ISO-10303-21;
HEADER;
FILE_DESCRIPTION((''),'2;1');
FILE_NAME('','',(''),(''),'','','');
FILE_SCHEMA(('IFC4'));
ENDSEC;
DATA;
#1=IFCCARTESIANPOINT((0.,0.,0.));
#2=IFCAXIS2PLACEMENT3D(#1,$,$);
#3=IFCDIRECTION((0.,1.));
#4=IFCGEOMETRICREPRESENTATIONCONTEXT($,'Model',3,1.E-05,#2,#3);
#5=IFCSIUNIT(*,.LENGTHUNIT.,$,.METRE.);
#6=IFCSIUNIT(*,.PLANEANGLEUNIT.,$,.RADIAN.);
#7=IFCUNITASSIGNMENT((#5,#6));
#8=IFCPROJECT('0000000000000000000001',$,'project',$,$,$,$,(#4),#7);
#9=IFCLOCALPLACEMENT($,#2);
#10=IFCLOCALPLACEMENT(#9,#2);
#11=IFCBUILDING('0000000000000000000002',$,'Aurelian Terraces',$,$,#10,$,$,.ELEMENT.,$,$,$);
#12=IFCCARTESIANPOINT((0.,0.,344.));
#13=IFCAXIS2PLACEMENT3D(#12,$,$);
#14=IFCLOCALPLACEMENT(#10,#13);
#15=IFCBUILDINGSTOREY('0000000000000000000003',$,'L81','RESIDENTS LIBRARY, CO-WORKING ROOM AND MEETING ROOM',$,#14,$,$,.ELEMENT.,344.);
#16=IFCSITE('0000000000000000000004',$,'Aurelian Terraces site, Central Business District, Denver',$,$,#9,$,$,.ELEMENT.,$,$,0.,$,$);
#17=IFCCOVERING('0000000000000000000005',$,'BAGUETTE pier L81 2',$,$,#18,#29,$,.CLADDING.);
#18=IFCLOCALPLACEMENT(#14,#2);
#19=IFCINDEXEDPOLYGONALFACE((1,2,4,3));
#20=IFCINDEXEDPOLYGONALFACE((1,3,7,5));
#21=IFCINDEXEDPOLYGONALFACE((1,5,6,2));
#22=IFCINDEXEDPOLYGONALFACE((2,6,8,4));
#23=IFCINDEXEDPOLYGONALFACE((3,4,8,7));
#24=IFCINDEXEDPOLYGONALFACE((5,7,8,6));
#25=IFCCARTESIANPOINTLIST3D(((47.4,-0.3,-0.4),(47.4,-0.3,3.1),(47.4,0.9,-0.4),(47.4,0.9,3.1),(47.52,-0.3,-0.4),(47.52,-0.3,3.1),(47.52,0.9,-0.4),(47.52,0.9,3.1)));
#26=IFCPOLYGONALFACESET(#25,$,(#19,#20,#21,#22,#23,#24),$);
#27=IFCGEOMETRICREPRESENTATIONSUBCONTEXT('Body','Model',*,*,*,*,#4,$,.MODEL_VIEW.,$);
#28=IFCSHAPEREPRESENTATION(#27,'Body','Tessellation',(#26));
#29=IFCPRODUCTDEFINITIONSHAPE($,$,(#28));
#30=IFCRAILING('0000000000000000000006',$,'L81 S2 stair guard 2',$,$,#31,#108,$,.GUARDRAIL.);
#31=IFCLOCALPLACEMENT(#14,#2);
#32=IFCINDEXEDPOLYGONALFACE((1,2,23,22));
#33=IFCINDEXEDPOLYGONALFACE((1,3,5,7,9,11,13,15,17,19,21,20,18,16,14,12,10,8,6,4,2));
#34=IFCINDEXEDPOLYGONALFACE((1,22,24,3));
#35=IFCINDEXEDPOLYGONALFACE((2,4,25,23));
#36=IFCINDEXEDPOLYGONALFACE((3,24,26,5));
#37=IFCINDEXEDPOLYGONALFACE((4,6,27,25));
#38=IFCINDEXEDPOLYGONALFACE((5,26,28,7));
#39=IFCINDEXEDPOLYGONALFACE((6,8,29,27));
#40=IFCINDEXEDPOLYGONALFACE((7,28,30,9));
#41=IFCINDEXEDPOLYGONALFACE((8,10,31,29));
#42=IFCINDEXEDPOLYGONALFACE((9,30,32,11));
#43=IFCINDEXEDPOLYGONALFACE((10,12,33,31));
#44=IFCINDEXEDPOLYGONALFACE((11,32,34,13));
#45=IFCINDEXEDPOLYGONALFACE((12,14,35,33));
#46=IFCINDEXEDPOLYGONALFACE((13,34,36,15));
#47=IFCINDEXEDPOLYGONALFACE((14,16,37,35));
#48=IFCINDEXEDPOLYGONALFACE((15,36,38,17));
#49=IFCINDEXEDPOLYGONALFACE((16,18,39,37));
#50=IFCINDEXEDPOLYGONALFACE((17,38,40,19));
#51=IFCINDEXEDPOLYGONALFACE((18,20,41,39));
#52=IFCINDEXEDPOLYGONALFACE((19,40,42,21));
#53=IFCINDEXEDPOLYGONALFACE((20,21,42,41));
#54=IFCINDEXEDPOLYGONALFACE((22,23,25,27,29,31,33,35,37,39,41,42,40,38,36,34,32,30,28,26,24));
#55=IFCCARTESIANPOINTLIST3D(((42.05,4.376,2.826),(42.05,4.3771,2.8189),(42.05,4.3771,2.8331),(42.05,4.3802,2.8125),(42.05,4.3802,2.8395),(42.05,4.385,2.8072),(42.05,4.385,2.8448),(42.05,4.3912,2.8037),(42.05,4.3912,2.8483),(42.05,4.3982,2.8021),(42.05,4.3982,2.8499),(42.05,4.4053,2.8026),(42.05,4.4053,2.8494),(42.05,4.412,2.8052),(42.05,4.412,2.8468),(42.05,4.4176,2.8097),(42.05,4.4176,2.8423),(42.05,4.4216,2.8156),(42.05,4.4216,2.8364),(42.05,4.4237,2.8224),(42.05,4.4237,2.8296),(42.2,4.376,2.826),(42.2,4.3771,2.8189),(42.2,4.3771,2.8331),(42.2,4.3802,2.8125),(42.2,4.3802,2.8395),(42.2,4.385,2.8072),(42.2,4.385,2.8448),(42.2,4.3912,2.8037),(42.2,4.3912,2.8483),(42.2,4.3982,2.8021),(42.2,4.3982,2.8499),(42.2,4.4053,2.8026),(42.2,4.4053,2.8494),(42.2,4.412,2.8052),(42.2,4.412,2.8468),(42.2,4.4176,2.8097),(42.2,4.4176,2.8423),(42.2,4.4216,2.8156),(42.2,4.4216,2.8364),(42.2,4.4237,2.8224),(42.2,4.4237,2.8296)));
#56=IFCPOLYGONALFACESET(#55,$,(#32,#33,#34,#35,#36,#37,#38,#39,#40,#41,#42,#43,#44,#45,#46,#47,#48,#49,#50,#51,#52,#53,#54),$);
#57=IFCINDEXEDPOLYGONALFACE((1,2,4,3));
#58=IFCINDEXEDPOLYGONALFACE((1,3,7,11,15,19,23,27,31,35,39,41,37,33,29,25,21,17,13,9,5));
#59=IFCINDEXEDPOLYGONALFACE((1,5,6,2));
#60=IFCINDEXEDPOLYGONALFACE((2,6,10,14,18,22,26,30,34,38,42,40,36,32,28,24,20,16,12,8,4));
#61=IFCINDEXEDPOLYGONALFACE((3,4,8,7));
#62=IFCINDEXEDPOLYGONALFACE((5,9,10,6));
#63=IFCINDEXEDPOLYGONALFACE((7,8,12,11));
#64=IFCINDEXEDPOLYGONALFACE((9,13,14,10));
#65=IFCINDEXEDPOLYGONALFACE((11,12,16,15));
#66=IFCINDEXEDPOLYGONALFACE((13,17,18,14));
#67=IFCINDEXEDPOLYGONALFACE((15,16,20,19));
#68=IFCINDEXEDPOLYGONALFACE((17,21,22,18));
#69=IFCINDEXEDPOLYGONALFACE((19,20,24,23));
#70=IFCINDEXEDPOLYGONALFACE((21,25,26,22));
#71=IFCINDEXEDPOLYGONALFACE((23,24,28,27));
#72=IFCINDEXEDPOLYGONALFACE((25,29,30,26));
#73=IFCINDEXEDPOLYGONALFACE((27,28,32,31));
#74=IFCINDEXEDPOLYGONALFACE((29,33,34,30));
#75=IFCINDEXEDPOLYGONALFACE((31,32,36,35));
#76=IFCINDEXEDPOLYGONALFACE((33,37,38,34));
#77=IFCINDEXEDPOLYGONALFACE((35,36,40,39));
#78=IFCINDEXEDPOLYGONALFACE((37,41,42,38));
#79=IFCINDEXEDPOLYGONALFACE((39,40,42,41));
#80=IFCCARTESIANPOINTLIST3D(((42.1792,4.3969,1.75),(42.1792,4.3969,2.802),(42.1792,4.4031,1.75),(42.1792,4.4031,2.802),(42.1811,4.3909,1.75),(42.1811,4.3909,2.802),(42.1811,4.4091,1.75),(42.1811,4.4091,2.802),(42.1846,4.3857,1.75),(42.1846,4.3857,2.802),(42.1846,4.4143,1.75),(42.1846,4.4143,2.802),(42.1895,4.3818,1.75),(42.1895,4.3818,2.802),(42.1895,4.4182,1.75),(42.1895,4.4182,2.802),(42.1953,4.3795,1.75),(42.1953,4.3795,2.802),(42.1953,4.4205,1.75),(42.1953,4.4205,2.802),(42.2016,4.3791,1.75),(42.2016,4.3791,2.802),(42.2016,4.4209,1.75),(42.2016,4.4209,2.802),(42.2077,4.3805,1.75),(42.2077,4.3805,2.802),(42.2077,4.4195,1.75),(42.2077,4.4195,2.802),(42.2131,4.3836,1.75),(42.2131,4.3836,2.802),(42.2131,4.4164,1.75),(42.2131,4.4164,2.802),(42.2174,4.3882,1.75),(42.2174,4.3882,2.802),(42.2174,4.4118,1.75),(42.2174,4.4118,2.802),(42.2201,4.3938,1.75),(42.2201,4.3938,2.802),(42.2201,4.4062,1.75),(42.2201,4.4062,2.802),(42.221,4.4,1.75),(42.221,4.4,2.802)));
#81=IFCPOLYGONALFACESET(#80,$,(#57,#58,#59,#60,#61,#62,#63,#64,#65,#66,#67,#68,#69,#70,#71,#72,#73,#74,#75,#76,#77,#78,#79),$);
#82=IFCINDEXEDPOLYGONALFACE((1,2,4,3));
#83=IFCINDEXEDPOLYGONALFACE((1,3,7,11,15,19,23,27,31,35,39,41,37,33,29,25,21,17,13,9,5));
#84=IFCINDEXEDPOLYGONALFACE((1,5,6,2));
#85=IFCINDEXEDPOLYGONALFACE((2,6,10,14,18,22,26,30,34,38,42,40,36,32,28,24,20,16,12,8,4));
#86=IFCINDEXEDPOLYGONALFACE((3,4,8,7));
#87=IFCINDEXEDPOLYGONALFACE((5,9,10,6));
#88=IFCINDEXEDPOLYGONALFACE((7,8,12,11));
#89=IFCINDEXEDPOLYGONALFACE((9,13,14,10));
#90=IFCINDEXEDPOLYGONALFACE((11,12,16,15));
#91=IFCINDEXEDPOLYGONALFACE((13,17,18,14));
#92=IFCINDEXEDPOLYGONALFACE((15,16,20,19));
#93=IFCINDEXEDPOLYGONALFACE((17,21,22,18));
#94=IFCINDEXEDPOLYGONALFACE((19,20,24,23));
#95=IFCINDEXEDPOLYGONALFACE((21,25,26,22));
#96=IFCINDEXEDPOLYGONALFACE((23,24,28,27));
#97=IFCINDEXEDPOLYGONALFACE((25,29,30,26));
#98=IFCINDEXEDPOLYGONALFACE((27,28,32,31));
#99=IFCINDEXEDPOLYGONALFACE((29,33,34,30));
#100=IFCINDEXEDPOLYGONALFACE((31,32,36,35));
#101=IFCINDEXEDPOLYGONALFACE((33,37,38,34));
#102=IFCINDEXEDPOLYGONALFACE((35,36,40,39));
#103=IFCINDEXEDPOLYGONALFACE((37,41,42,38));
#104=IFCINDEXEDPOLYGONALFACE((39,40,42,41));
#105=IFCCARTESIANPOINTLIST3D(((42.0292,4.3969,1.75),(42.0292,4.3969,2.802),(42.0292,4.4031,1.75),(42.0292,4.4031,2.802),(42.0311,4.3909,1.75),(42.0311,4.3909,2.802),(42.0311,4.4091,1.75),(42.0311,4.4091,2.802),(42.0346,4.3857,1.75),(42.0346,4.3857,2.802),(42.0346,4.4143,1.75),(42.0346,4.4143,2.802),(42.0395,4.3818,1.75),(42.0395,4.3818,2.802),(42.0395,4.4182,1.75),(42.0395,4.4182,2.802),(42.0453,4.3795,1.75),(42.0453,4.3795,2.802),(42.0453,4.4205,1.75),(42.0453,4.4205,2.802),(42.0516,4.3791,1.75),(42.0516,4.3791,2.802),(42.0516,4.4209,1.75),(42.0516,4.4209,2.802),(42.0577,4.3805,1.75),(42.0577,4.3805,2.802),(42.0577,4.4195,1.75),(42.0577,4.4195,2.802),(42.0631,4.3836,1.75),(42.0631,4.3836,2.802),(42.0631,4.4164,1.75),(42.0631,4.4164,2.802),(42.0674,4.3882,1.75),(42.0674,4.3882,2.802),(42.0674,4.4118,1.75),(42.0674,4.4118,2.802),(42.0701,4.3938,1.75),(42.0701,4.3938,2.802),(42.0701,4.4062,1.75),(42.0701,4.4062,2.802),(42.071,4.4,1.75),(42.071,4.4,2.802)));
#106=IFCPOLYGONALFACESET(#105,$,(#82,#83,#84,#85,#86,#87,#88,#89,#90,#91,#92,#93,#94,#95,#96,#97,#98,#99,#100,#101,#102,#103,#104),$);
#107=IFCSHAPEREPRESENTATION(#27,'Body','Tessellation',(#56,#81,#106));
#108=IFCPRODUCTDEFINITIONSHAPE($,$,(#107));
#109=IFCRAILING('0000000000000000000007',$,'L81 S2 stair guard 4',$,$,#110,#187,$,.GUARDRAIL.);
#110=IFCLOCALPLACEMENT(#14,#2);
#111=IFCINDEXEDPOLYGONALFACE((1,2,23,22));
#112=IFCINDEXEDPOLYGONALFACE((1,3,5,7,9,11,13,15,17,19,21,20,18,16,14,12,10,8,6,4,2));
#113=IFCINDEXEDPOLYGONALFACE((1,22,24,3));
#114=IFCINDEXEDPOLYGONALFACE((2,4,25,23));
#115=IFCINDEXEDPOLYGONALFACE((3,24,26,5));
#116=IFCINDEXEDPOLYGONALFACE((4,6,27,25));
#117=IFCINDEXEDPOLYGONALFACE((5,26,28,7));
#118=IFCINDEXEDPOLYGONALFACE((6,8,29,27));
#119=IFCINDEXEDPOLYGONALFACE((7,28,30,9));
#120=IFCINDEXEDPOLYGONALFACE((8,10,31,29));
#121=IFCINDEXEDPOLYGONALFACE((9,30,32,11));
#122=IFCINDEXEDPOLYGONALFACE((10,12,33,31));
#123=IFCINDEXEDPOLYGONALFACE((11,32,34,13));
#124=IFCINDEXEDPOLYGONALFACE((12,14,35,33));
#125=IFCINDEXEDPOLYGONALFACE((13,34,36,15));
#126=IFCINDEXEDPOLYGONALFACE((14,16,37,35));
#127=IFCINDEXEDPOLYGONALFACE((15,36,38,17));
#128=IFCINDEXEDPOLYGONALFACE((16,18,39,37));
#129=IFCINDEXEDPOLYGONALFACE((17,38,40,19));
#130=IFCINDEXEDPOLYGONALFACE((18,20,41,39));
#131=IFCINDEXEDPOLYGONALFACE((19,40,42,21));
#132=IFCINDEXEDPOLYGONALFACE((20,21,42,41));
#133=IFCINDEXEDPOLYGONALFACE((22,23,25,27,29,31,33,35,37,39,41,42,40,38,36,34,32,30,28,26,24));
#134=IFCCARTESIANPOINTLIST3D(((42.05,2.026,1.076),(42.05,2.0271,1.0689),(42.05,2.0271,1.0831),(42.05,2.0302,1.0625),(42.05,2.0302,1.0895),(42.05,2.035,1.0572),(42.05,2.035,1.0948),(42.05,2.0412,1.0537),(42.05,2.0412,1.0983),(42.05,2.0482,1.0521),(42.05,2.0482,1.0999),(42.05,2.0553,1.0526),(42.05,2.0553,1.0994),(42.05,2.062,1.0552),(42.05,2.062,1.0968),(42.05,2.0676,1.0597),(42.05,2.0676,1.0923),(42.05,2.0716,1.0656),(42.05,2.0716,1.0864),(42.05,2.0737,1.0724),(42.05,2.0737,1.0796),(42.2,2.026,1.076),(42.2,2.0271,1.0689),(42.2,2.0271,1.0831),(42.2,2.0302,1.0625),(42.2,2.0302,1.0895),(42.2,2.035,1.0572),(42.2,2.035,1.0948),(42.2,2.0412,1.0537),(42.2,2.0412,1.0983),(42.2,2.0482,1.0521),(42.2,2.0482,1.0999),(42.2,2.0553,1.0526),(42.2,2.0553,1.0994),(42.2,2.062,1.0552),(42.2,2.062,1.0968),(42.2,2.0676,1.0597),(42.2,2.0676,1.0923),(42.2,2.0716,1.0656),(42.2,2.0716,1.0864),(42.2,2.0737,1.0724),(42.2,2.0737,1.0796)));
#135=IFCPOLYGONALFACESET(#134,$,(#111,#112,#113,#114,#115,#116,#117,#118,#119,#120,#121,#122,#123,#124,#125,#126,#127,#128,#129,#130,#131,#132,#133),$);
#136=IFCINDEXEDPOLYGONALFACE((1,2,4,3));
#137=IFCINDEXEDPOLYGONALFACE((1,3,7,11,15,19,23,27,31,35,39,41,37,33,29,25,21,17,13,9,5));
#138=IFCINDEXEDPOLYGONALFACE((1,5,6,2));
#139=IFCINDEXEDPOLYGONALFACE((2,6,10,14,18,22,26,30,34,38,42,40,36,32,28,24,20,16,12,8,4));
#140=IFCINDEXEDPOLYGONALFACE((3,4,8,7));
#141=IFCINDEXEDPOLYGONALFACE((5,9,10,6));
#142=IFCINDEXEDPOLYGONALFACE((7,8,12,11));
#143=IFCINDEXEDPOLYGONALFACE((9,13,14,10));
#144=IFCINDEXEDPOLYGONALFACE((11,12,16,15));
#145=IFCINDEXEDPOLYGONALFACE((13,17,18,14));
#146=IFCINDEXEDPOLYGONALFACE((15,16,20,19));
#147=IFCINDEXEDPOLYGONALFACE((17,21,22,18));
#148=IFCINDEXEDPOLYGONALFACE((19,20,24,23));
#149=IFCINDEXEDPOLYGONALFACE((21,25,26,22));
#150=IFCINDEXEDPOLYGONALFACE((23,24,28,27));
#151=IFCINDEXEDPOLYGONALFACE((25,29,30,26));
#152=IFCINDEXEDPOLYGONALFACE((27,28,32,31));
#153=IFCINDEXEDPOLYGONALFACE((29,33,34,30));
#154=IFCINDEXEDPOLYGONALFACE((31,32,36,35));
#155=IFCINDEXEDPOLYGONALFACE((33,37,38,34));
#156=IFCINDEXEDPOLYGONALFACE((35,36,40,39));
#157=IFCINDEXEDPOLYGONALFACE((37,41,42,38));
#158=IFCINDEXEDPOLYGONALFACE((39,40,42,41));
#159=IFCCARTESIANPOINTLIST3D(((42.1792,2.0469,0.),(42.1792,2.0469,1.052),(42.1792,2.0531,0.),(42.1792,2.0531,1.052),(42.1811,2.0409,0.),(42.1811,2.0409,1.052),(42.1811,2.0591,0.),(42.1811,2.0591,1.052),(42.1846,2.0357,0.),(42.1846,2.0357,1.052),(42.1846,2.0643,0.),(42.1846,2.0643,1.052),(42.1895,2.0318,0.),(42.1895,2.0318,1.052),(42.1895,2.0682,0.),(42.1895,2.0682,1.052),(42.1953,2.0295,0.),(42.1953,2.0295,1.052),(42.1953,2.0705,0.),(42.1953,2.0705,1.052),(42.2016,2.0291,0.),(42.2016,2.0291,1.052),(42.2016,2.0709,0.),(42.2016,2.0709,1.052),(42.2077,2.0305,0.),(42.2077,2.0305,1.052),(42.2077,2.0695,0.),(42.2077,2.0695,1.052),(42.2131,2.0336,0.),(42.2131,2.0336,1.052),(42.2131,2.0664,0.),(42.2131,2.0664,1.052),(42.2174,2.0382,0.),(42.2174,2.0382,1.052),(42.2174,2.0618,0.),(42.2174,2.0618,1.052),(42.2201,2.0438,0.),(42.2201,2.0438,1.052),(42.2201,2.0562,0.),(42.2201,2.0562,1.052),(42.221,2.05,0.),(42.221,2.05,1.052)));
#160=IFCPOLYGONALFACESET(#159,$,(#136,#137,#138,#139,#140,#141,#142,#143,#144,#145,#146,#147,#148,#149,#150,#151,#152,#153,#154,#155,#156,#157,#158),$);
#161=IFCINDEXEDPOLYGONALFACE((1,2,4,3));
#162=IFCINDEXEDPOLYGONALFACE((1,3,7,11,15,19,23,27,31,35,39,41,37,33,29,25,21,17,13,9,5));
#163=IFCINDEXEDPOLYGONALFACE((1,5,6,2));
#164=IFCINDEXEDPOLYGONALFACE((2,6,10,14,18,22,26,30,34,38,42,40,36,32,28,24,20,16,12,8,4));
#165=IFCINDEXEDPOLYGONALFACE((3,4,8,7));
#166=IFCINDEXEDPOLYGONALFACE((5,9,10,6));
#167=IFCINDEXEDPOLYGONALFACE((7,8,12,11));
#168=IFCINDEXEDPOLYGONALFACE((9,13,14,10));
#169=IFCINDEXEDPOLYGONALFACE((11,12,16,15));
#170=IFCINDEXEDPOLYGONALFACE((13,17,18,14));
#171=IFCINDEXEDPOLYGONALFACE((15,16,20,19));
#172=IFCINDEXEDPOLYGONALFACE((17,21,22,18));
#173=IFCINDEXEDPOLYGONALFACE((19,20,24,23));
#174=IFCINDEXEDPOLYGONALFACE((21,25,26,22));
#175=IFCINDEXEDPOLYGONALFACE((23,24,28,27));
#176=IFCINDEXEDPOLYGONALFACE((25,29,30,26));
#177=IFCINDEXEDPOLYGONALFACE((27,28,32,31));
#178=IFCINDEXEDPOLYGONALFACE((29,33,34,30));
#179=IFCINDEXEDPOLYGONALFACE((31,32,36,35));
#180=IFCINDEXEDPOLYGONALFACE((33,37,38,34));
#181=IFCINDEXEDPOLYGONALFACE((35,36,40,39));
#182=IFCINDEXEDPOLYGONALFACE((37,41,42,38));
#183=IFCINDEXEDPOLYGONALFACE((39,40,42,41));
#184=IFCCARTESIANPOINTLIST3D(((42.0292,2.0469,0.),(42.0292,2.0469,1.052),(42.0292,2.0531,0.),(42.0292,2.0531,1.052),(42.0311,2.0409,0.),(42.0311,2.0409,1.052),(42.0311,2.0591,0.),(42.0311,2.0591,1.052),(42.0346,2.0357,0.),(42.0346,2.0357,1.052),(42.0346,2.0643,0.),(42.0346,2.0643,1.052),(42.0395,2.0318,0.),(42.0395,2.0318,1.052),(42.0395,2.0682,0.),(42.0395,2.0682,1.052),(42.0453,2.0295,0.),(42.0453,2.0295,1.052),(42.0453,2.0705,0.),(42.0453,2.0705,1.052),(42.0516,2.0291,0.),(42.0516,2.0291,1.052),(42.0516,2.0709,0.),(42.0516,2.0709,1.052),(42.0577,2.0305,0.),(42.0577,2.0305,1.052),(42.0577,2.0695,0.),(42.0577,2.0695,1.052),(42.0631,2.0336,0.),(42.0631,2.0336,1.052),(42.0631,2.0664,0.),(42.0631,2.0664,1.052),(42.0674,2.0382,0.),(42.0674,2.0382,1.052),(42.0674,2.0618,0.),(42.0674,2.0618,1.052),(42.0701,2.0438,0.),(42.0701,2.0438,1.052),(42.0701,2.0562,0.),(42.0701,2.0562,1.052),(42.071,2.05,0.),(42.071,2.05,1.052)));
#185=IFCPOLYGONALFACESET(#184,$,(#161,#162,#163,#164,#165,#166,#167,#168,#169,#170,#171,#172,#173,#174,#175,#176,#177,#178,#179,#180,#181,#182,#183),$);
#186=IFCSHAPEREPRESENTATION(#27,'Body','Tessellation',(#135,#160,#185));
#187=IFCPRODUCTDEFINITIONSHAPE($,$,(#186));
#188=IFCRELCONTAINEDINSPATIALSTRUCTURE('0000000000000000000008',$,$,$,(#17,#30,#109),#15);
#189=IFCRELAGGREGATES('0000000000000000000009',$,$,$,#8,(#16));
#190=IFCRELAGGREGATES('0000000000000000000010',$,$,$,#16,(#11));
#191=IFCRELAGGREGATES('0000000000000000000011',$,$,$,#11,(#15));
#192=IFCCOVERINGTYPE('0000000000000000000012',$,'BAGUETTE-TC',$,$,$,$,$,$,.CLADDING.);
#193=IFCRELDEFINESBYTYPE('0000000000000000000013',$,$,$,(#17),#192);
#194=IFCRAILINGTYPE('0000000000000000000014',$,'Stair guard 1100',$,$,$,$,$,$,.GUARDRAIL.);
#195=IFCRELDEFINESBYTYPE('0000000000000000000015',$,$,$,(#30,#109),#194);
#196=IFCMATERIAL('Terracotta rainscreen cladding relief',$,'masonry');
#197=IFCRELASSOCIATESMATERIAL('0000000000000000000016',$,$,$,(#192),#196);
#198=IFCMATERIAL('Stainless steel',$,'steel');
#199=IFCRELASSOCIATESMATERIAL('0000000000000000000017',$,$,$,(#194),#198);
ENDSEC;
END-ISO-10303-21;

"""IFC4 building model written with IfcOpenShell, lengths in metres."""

from ifc_helpers import new_model, si_unit, direction, frame, origin, origin_2d, place, context, subcontext, project, spatial, rectangle, circle, extrude, source, transform, mapped, material, type_object, element, save


model = new_model("IFC4")

# Units and contexts
model_context = context("Model", 3, precision=1e-05, world=origin(), true_north=direction((0.0, 1.0)))
body_context = subcontext(model_context, "Body", "Model", "MODEL_VIEW")
ifc_project = project(units=[si_unit("LENGTHUNIT", "METRE"), si_unit("PLANEANGLEUNIT", "RADIAN")], contexts=[model_context])

# Site, building, storey
site_placement = place(None, origin())
site = spatial("IfcSite", under=ifc_project, at=site_placement, Name="Aurelian Terraces site, Central Business District, Denver", CompositionType="ELEMENT", RefElevation=0.0)
building_placement = place(site_placement, origin())
building = spatial("IfcBuilding", under=site, at=building_placement, Name="Aurelian Terraces", CompositionType="ELEMENT")
storey_placement = place(building_placement, frame((0.0, 0.0, 344.0)))
storey = spatial("IfcBuildingStorey", under=building, at=storey_placement, Name="L81", Description="RESIDENTS LIBRARY, CO-WORKING ROOM AND MEETING ROOM", CompositionType="ELEMENT", Elevation=344.0)

# Covering
ifc_material_1 = material(Name="Terracotta rainscreen cladding relief", Category="masonry")
covering_type = type_object("IfcCoveringType", Name="BAGUETTE-TC", PredefinedType="CLADDING", material=ifc_material_1)
shared_shape_1 = source(origin(), body_context, "Body", "SweptSolid", [
    extrude(rectangle(XDim=0.12, YDim=1.2, at=origin_2d()), origin(), (0.0, 0.0, 1.0), 3.5),
])
covering_placement = place(storey_placement, frame((47.46, 0.3, -0.4), z_axis=(0.0, 0.0, 1.0), x_axis=(1.0, 0.0, 0.0)))
element("IfcCovering", 1, at=covering_placement, inside=storey, type_object=covering_type, Name="BAGUETTE pier L81 2", PredefinedType="CLADDING", context=body_context, shape_type="MappedRepresentation", body=[
    mapped(shared_shape_1, transform((0.0, 0.0, 0.0), scale=1.0)),
])

# Railings
ifc_material_2 = material(Name="Stainless steel", Category="steel")
railing_type_1 = type_object("IfcRailingType", Name="Stair guard 1100", PredefinedType="GUARDRAIL", material=ifc_material_2)
shared_shape_2 = source(origin(), body_context, "Body", "SweptSolid", [
    extrude(circle(Radius=0.024, at=origin_2d()), frame((0.0, 0.0, 1.076), z_axis=(-1.0, 0.0, 0.0), x_axis=(0.0, -1.0, 0.0)), (0.0, 0.0, 1.0), 0.15),
    extrude(circle(Radius=0.021, at=origin_2d()), origin(), (0.0, 0.0, 1.0), 1.052),
    extrude(circle(Radius=0.021, at=origin_2d()), frame((-0.15, 0.0, 0.0)), (0.0, 0.0, 1.0), 1.052),
])
for number, where, name in (
    (2, (42.2, 4.4, 1.75), "L81 S2 stair guard 2"),
    (3, (42.2, 2.05, 0.0), "L81 S2 stair guard 4"),
):
    element("IfcRailing", number, at=place(storey_placement, frame(where)), inside=storey, type_object=railing_type_1, Name=name, PredefinedType="GUARDRAIL", context=body_context, shape_type="MappedRepresentation", body=[
        mapped(shared_shape_2, transform((0.0, 0.0, 0.0), scale=1.0)),
    ])

save(model, "model.ifc")
